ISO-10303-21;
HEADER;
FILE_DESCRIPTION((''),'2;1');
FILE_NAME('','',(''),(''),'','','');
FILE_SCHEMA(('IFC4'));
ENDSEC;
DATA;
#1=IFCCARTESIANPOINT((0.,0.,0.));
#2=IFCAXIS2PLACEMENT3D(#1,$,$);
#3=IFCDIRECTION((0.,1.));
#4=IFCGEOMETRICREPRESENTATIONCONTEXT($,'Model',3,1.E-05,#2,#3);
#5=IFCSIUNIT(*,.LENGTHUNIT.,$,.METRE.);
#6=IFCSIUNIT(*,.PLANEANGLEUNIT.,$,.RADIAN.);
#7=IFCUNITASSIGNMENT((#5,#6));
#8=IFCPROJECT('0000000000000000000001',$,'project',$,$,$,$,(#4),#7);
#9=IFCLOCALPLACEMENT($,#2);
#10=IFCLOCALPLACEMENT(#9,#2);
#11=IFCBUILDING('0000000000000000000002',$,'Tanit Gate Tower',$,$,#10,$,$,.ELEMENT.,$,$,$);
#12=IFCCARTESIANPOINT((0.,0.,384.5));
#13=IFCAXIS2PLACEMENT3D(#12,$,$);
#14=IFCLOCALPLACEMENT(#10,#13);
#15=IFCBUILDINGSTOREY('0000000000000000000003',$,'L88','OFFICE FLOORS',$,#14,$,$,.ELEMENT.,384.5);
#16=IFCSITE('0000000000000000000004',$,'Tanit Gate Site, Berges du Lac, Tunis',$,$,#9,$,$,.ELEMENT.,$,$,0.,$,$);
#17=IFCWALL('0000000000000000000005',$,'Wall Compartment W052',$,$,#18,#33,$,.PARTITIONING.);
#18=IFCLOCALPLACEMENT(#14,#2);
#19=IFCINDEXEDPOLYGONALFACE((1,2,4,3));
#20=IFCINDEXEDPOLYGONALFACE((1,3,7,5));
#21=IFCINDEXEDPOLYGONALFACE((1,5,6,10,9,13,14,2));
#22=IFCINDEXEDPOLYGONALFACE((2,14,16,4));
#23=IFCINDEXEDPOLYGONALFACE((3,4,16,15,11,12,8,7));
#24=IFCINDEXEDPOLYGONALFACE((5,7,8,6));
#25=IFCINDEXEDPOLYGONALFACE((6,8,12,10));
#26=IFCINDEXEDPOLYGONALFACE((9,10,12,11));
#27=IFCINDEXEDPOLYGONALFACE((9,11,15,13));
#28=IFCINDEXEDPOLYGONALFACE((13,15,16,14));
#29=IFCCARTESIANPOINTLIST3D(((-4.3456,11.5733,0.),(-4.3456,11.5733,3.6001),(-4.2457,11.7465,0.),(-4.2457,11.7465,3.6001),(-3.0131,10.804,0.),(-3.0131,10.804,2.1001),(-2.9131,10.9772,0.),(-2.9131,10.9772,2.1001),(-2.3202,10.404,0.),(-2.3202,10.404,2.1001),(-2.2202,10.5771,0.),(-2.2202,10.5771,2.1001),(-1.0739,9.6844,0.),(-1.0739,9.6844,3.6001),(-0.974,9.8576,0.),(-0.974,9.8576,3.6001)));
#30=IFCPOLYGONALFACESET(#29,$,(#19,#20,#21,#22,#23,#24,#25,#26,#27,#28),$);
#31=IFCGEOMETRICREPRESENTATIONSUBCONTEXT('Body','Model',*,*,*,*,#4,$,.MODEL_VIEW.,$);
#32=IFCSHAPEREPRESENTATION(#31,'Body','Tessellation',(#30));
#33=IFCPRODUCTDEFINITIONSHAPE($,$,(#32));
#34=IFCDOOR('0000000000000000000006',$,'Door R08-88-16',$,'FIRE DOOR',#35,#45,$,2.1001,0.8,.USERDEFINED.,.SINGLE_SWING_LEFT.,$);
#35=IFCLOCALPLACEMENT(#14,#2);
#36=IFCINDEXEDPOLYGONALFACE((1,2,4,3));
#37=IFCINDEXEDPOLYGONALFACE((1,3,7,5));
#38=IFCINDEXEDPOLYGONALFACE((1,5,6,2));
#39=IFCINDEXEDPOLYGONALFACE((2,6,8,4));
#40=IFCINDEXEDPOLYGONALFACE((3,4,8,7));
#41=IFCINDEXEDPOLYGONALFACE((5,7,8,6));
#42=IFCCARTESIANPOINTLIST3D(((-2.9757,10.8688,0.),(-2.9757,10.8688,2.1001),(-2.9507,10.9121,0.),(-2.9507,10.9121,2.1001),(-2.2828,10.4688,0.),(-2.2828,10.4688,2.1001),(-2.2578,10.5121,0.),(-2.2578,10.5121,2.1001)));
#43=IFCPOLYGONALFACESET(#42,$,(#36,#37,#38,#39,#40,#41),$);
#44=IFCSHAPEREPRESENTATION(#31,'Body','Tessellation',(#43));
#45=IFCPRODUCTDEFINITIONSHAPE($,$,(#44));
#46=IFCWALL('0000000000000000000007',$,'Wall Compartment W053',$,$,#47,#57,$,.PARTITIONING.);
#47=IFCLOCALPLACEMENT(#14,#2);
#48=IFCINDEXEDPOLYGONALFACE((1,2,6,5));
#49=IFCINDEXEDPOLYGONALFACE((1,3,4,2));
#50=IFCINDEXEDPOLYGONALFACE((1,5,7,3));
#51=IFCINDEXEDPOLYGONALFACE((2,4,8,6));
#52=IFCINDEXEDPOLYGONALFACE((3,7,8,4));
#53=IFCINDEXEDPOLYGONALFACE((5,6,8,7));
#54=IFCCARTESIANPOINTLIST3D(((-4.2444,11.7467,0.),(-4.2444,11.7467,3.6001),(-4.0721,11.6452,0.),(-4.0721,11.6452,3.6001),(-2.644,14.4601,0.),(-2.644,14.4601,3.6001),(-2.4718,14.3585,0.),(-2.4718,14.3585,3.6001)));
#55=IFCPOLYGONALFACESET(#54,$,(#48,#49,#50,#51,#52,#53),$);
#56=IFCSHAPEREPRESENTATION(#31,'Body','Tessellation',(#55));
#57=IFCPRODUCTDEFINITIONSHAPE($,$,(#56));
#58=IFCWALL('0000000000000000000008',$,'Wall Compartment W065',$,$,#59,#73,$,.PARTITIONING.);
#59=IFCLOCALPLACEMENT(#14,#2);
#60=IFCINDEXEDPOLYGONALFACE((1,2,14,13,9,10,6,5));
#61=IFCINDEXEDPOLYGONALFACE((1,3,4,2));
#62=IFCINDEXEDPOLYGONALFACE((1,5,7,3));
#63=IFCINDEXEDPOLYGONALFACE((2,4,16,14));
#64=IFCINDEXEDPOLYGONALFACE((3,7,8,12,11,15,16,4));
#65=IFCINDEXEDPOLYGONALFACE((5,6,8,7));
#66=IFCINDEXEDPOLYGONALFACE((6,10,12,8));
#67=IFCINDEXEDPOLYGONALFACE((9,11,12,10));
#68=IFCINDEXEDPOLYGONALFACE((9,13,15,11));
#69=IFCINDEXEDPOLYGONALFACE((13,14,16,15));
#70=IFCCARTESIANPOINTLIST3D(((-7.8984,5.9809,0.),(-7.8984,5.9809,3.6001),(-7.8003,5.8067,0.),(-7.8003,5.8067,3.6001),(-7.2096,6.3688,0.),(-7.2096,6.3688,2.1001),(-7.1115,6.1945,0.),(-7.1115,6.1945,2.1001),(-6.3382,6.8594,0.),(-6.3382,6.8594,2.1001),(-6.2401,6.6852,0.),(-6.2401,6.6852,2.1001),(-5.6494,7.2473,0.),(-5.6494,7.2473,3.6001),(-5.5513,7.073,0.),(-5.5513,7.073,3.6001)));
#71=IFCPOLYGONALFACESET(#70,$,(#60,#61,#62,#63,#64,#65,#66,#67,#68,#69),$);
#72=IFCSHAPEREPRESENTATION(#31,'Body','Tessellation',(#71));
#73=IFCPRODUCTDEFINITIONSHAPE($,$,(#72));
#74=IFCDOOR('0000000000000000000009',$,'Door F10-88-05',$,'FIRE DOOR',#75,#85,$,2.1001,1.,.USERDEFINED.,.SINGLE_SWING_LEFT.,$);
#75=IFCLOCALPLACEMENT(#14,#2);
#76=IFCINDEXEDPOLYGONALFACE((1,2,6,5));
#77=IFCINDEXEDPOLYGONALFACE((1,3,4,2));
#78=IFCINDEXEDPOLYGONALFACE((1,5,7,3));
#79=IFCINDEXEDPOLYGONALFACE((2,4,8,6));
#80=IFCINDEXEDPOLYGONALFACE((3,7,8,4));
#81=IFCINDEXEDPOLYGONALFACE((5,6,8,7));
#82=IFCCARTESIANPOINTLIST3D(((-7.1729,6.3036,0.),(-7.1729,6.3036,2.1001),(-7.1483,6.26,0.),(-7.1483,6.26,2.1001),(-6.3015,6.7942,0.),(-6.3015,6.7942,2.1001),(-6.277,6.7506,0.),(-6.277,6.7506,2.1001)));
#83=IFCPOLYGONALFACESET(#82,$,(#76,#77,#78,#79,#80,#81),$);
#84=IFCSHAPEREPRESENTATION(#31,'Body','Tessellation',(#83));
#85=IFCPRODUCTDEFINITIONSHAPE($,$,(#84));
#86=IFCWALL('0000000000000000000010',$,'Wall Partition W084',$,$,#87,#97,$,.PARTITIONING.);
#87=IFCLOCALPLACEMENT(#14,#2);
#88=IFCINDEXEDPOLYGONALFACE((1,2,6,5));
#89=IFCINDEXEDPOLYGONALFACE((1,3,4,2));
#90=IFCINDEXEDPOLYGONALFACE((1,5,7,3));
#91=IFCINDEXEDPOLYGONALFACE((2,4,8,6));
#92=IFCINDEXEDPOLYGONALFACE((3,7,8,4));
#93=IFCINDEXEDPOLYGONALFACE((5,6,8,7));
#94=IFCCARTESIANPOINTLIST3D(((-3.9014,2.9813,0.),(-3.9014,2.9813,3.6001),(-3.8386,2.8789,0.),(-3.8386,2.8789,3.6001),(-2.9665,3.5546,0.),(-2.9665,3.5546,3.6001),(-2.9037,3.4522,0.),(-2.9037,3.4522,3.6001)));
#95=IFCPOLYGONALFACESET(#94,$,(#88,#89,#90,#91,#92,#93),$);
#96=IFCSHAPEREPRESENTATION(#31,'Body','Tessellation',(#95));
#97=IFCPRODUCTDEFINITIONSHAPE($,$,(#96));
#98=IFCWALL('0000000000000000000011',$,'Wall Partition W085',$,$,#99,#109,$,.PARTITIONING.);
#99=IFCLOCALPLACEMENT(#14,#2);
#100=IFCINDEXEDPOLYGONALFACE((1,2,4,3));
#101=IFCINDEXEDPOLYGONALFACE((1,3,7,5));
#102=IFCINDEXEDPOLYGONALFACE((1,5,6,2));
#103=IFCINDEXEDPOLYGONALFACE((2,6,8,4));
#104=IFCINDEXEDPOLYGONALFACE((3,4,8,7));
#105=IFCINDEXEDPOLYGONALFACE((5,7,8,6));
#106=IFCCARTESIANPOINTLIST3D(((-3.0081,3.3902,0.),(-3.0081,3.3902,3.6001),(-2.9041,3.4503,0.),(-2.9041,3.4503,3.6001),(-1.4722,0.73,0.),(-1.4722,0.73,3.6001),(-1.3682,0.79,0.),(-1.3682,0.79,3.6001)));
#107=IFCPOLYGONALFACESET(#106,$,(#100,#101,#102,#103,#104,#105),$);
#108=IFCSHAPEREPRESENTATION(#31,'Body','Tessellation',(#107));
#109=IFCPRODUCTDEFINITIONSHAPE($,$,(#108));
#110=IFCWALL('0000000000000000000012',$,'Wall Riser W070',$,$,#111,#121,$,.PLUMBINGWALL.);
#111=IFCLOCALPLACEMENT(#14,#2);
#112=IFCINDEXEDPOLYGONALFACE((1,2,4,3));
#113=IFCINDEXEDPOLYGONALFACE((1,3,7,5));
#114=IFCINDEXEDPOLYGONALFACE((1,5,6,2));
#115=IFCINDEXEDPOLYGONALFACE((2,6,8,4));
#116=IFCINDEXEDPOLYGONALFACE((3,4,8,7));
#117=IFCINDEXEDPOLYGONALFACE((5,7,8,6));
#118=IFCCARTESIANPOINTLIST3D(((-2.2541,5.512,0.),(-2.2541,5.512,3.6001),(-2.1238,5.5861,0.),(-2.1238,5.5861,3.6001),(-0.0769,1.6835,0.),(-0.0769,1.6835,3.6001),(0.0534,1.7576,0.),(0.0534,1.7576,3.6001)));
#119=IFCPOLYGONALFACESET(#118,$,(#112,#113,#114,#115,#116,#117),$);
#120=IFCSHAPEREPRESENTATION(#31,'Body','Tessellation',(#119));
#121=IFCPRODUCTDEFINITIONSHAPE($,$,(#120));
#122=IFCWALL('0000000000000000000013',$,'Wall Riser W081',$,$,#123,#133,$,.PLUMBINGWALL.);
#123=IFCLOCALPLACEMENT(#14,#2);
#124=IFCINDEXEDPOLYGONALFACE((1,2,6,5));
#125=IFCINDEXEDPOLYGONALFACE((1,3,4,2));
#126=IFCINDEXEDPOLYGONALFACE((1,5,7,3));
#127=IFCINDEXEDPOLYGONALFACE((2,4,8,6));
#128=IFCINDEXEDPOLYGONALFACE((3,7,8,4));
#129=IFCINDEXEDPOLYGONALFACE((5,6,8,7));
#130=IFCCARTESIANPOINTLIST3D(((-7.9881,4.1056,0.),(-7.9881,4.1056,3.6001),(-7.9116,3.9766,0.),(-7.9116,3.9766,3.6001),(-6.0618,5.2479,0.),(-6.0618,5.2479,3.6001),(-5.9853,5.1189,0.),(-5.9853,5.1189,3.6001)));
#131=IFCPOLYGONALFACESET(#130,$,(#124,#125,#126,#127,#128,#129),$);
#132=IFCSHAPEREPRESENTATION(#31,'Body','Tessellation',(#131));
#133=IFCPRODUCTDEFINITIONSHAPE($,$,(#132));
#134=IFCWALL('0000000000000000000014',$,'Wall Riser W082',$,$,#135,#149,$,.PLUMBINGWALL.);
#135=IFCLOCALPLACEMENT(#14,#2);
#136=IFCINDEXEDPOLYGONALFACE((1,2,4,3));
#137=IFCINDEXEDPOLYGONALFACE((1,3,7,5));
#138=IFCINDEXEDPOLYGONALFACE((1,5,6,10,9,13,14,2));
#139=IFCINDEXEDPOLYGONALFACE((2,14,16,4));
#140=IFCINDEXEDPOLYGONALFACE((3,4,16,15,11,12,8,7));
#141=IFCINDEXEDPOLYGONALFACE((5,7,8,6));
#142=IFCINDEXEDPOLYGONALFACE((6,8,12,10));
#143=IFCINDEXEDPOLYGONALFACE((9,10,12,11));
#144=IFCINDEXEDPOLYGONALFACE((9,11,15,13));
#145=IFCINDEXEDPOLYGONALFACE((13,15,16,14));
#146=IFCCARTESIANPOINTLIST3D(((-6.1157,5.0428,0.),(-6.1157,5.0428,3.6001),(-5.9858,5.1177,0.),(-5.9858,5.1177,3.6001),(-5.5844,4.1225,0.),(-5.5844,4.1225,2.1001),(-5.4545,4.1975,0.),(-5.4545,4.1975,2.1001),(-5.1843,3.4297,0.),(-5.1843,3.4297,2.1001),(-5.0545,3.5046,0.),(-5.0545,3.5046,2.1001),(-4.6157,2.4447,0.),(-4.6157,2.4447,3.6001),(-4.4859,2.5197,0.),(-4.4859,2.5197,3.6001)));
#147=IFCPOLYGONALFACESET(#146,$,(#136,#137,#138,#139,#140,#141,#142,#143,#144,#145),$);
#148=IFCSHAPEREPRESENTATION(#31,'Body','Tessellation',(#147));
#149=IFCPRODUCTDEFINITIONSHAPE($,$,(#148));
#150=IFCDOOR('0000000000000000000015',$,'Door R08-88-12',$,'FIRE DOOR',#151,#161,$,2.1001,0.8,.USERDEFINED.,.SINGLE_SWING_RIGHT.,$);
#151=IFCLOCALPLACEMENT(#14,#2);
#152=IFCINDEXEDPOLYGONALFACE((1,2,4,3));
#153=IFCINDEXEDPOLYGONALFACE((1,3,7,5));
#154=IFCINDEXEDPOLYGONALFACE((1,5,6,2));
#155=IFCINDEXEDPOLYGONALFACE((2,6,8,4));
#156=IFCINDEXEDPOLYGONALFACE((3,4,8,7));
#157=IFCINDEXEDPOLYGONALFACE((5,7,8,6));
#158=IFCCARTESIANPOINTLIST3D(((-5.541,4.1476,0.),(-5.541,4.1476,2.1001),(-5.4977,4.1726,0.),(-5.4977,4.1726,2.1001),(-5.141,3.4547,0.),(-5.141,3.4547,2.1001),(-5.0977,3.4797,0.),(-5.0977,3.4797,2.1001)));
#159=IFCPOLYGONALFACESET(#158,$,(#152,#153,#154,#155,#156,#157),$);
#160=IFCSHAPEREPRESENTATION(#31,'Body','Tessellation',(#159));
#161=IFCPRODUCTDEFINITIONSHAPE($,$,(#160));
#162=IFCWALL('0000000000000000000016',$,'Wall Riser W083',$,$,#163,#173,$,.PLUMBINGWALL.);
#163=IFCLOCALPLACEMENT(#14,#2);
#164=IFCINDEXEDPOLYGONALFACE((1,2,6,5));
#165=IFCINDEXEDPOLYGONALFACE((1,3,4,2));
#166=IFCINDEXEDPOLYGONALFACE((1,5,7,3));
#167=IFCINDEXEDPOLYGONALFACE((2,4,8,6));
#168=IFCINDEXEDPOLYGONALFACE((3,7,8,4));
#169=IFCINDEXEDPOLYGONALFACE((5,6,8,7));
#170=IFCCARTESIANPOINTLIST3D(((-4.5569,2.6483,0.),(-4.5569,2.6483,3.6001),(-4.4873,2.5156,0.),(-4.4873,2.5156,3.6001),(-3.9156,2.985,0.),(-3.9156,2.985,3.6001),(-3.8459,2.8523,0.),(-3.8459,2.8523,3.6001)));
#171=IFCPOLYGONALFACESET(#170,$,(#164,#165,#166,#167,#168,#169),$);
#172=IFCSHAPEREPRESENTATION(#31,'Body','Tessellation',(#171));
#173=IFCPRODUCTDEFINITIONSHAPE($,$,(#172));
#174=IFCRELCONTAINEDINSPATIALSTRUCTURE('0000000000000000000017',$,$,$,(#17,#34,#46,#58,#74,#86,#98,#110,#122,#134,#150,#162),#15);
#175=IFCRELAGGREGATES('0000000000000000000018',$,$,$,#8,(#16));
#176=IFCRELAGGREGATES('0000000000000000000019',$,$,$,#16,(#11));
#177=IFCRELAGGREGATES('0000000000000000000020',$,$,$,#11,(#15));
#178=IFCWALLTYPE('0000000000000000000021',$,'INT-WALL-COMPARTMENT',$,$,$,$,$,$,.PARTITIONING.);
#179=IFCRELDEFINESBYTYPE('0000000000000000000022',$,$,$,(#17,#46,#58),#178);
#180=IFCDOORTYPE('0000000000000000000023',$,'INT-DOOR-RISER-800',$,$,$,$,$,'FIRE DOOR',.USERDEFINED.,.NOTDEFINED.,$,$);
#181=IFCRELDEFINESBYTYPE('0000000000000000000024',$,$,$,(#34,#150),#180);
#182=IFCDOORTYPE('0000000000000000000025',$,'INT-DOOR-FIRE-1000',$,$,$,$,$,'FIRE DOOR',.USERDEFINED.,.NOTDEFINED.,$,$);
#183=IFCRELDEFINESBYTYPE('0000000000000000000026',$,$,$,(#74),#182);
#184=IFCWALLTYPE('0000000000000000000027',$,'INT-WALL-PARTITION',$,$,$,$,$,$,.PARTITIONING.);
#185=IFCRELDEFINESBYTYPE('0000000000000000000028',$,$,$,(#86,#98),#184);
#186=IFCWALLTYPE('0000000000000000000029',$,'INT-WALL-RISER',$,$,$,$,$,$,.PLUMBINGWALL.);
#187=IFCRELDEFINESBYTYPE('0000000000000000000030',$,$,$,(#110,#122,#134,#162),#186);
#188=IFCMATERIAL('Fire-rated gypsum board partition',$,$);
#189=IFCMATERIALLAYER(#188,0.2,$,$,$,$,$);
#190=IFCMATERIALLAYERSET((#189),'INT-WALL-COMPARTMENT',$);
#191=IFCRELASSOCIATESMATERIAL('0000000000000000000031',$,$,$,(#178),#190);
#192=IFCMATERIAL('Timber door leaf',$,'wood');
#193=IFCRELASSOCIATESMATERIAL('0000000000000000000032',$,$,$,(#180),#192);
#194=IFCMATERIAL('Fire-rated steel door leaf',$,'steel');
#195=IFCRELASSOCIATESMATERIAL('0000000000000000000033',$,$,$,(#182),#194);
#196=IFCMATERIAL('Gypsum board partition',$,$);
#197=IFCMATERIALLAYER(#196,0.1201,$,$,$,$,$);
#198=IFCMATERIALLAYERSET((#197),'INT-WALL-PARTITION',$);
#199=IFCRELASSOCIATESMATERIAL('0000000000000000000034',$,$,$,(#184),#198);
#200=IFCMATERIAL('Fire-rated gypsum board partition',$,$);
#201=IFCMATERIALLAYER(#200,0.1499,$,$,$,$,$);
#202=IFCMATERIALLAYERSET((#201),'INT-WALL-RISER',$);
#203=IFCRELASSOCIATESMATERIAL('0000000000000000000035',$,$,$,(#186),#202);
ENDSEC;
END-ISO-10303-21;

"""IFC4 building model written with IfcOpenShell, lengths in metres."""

from ifc_helpers import new_model, si_unit, direction, frame, frame_2d, origin, place, context, subcontext, project, spatial, rectangle, extrude, material, layer, layer_set, type_object, element, fill, save


model = new_model("IFC4")

# Units and contexts
model_context = context("Model", 3, precision=1e-05, world=origin(), true_north=direction((0.0, 1.0)))
body_context = subcontext(model_context, "Body", "Model", "MODEL_VIEW")
ifc_project = project(units=[si_unit("LENGTHUNIT", "METRE"), si_unit("PLANEANGLEUNIT", "RADIAN")], contexts=[model_context])

# Site, building, storey
site_placement = place(None, origin())
site = spatial("IfcSite", under=ifc_project, at=site_placement, Name="Tanit Gate Site, Berges du Lac, Tunis", CompositionType="ELEMENT", RefElevation=0.0)
building_placement = place(site_placement, origin())
building = spatial("IfcBuilding", under=site, at=building_placement, Name="Tanit Gate Tower", CompositionType="ELEMENT")
storey_placement = place(building_placement, frame((0.0, 0.0, 384.5)))
storey = spatial("IfcBuildingStorey", under=building, at=storey_placement, Name="L88", Description="OFFICE FLOORS", CompositionType="ELEMENT", Elevation=384.5)

# Wall, opening, door
ifc_material_1 = material(Name="Fire-rated gypsum board partition")
ifc_layer_1 = layer(ifc_material_1, 0.2)
ifc_layer_set_1 = layer_set([ifc_layer_1], Name="INT-WALL-COMPARTMENT")
wall_type_1 = type_object("IfcWallType", Name="INT-WALL-COMPARTMENT", PredefinedType="PARTITIONING", material=ifc_layer_set_1)
wall_1_placement = place(storey_placement, frame((-4.2957, 11.6599, 0.0), z_axis=(0.0, 0.0, 1.0), x_axis=(0.866027, -0.499997, 0.0)))
wall_1 = element("IfcWall", 1, at=wall_1_placement, inside=storey, type_object=wall_type_1, Name="Wall Compartment W052", PredefinedType="PARTITIONING", context=body_context, shape_type="SweptSolid", body=[
    extrude(rectangle(XDim=3.7778, YDim=0.2, at=frame_2d((1.8889, 0.0))), origin(), (0.0, 0.0, 1.0), 3.6001),
])
opening_1_placement = place(wall_1_placement, frame((1.5388, 0.0, 0.0)))
opening_1 = element("IfcOpeningElement", 2, at=opening_1_placement, cuts=wall_1, PredefinedType="OPENING", context=body_context, shape_type="SweptSolid", body=[
    extrude(rectangle(XDim=0.8, YDim=2.1001, at=frame_2d((0.3999, 1.05))), frame((0.0, 0.1099, 0.0), z_axis=(0.0, -1.0, 0.0), x_axis=(1.0, 0.0, 0.0)), (0.0, 0.0, 1.0), 0.22),
])
ifc_material_2 = material(Name="Timber door leaf", Category="wood")
door_type_1 = type_object("IfcDoorType", Name="INT-DOOR-RISER-800", ElementType="FIRE DOOR", OperationType="NOTDEFINED", PredefinedType="USERDEFINED", material=ifc_material_2)
door_1_placement = place(opening_1_placement, origin())
door_1 = element("IfcDoor", 3, at=door_1_placement, inside=storey, type_object=door_type_1, Name="Door R08-88-16", ObjectType="FIRE DOOR", OperationType="SINGLE_SWING_LEFT", OverallHeight=2.1001, OverallWidth=0.8, PredefinedType="USERDEFINED", context=body_context, shape_type="SweptSolid", body=[
    extrude(rectangle(XDim=0.8, YDim=2.1001, at=frame_2d((0.3999, 1.05))), frame((0.0, 0.0249, 0.0), z_axis=(0.0, -1.0, 0.0), x_axis=(1.0, 0.0, 0.0)), (0.0, 0.0, 1.0), 0.05),
])
fill(opening_1, door_1)

# Wall
wall_2_placement = place(storey_placement, frame((-2.5579, 14.4094, 0.0), z_axis=(0.0, 0.0, 1.0), x_axis=(-0.508019, -0.861346, 0.0)))
element("IfcWall", 4, at=wall_2_placement, inside=storey, type_object=wall_type_1, Name="Wall Compartment W053", PredefinedType="PARTITIONING", context=body_context, shape_type="SweptSolid", body=[
    extrude(rectangle(XDim=3.1501, YDim=0.2, at=frame_2d((1.5752, 0.0))), origin(), (0.0, 0.0, 1.0), 3.6001),
])

# Wall, opening, door
wall_3_placement = place(storey_placement, frame((-5.6003, 7.1602, 0.0), z_axis=(0.0, 0.0, 1.0), x_axis=(-0.871363, -0.490638, 0.0)))
wall_3 = element("IfcWall", 5, at=wall_3_placement, inside=storey, type_object=wall_type_1, Name="Wall Compartment W065", PredefinedType="PARTITIONING", context=body_context, shape_type="SweptSolid", body=[
    extrude(rectangle(XDim=2.5811, YDim=0.2, at=frame_2d((1.2905, 0.0))), origin(), (0.0, 0.0, 1.0), 3.6001),
])
opening_2_placement = place(wall_3_placement, frame((0.7905, 0.0, 0.0)))
opening_2 = element("IfcOpeningElement", 6, at=opening_2_placement, cuts=wall_3, PredefinedType="OPENING", context=body_context, shape_type="SweptSolid", body=[
    extrude(rectangle(XDim=1.0, YDim=2.1001, at=frame_2d((0.5, 1.05))), frame((0.0, 0.1099, 0.0), z_axis=(0.0, -1.0, 0.0), x_axis=(1.0, 0.0, 0.0)), (0.0, 0.0, 1.0), 0.22),
])
ifc_material_3 = material(Name="Fire-rated steel door leaf", Category="steel")
door_type_2 = type_object("IfcDoorType", Name="INT-DOOR-FIRE-1000", ElementType="FIRE DOOR", OperationType="NOTDEFINED", PredefinedType="USERDEFINED", material=ifc_material_3)
door_2_placement = place(opening_2_placement, origin())
door_2 = element("IfcDoor", 7, at=door_2_placement, inside=storey, type_object=door_type_2, Name="Door F10-88-05", ObjectType="FIRE DOOR", OperationType="SINGLE_SWING_LEFT", OverallHeight=2.1001, OverallWidth=1.0, PredefinedType="USERDEFINED", context=body_context, shape_type="SweptSolid", body=[
    extrude(rectangle(XDim=1.0, YDim=2.1001, at=frame_2d((0.5, 1.05))), frame((0.0, 0.0249, 0.0), z_axis=(0.0, -1.0, 0.0), x_axis=(1.0, 0.0, 0.0)), (0.0, 0.0, 1.0), 0.05),
])
fill(opening_2, door_2)

# Walls
ifc_material_4 = material(Name="Gypsum board partition")
ifc_layer_2 = layer(ifc_material_4, 0.1201)
ifc_layer_set_2 = layer_set([ifc_layer_2], Name="INT-WALL-PARTITION")
wall_type_2 = type_object("IfcWallType", Name="INT-WALL-PARTITION", PredefinedType="PARTITIONING", material=ifc_layer_set_2)
wall_4_placement = place(storey_placement, frame((-2.9351, 3.5034, 0.0), z_axis=(0.0, 0.0, 1.0), x_axis=(-0.852483, -0.522755, 0.0)))
element("IfcWall", 8, at=wall_4_placement, inside=storey, type_object=wall_type_2, Name="Wall Partition W084", PredefinedType="PARTITIONING", context=body_context, shape_type="SweptSolid", body=[
    extrude(rectangle(XDim=1.0967, YDim=0.1201, at=frame_2d((0.5483, 0.0))), origin(), (0.0, 0.0, 1.0), 3.6001),
])
wall_5_placement = place(storey_placement, frame((-1.4202, 0.76, 0.0), z_axis=(0.0, 0.0, 1.0), x_axis=(-0.500011, 0.866019, 0.0)))
element("IfcWall", 9, at=wall_5_placement, inside=storey, type_object=wall_type_2, Name="Wall Partition W085", PredefinedType="PARTITIONING", context=body_context, shape_type="SweptSolid", body=[
    extrude(rectangle(XDim=3.0718, YDim=0.1201, at=frame_2d((1.5359, 0.0))), origin(), (0.0, 0.0, 1.0), 3.6001),
])
ifc_material_5 = material(Name="Fire-rated gypsum board partition")
ifc_layer_3 = layer(ifc_material_5, 0.1499)
ifc_layer_set_3 = layer_set([ifc_layer_3], Name="INT-WALL-RISER")
wall_type_3 = type_object("IfcWallType", Name="INT-WALL-RISER", PredefinedType="PLUMBINGWALL", material=ifc_layer_set_3)
wall_6_placement = place(storey_placement, frame((-2.189, 5.5491, 0.0), z_axis=(0.0, 0.0, 1.0), x_axis=(0.494335, -0.869271, 0.0)))
element("IfcWall", 10, at=wall_6_placement, inside=storey, type_object=wall_type_3, Name="Wall Riser W070", PredefinedType="PLUMBINGWALL", context=body_context, shape_type="SweptSolid", body=[
    extrude(rectangle(XDim=4.4043, YDim=0.1499, at=frame_2d((2.2021, 0.0))), origin(), (0.0, 0.0, 1.0), 3.6001),
])
wall_7_placement = place(storey_placement, frame((-6.0237, 5.1833, 0.0), z_axis=(0.0, 0.0, 1.0), x_axis=(-0.860127, -0.51008, 0.0)))
element("IfcWall", 11, at=wall_7_placement, inside=storey, type_object=wall_type_3, Name="Wall Riser W081", PredefinedType="PLUMBINGWALL", context=body_context, shape_type="SweptSolid", body=[
    extrude(rectangle(XDim=2.2395, YDim=0.1499, at=frame_2d((1.1196, 0.0))), origin(), (0.0, 0.0, 1.0), 3.6001),
])

# Wall, opening, door
wall_8_placement = place(storey_placement, frame((-4.5508, 2.4822, 0.0), z_axis=(0.0, 0.0, 1.0), x_axis=(-0.49999, 0.866031, 0.0)))
wall_8 = element("IfcWall", 12, at=wall_8_placement, inside=storey, type_object=wall_type_3, Name="Wall Riser W082", PredefinedType="PLUMBINGWALL", context=body_context, shape_type="SweptSolid", body=[
    extrude(rectangle(XDim=3.0, YDim=0.1499, at=frame_2d((1.5, 0.0))), origin(), (0.0, 0.0, 1.0), 3.6001),
])
opening_3_placement = place(wall_8_placement, frame((1.1375, 0.0, 0.0)))
opening_3 = element("IfcOpeningElement", 13, at=opening_3_placement, cuts=wall_8, PredefinedType="OPENING", context=body_context, shape_type="SweptSolid", body=[
    extrude(rectangle(XDim=0.8, YDim=2.1001, at=frame_2d((0.3999, 1.05))), frame((0.0, 0.085, 0.0), z_axis=(0.0, -1.0, 0.0), x_axis=(1.0, 0.0, 0.0)), (0.0, 0.0, 1.0), 0.1699),
])
door_3_placement = place(opening_3_placement, origin())
door_3 = element("IfcDoor", 14, at=door_3_placement, inside=storey, type_object=door_type_1, Name="Door R08-88-12", ObjectType="FIRE DOOR", OperationType="SINGLE_SWING_RIGHT", OverallHeight=2.1001, OverallWidth=0.8, PredefinedType="USERDEFINED", context=body_context, shape_type="SweptSolid", body=[
    extrude(rectangle(XDim=0.8, YDim=2.1001, at=frame_2d((0.3999, 1.05))), frame((0.0, 0.0249, 0.0), z_axis=(0.0, -1.0, 0.0), x_axis=(1.0, 0.0, 0.0)), (0.0, 0.0, 1.0), 0.05),
])
fill(opening_3, door_3)

# Wall
wall_9_placement = place(storey_placement, frame((-3.8806, 2.9187, 0.0), z_axis=(0.0, 0.0, 1.0), x_axis=(-0.885422, -0.464788, 0.0)))
element("IfcWall", 15, at=wall_9_placement, inside=storey, type_object=wall_type_3, Name="Wall Riser W083", PredefinedType="PLUMBINGWALL", context=body_context, shape_type="SweptSolid", body=[
    extrude(rectangle(XDim=0.7244, YDim=0.1499, at=frame_2d((0.3623, 0.0))), origin(), (0.0, 0.0, 1.0), 3.6001),
])

save(model, "model.ifc")
